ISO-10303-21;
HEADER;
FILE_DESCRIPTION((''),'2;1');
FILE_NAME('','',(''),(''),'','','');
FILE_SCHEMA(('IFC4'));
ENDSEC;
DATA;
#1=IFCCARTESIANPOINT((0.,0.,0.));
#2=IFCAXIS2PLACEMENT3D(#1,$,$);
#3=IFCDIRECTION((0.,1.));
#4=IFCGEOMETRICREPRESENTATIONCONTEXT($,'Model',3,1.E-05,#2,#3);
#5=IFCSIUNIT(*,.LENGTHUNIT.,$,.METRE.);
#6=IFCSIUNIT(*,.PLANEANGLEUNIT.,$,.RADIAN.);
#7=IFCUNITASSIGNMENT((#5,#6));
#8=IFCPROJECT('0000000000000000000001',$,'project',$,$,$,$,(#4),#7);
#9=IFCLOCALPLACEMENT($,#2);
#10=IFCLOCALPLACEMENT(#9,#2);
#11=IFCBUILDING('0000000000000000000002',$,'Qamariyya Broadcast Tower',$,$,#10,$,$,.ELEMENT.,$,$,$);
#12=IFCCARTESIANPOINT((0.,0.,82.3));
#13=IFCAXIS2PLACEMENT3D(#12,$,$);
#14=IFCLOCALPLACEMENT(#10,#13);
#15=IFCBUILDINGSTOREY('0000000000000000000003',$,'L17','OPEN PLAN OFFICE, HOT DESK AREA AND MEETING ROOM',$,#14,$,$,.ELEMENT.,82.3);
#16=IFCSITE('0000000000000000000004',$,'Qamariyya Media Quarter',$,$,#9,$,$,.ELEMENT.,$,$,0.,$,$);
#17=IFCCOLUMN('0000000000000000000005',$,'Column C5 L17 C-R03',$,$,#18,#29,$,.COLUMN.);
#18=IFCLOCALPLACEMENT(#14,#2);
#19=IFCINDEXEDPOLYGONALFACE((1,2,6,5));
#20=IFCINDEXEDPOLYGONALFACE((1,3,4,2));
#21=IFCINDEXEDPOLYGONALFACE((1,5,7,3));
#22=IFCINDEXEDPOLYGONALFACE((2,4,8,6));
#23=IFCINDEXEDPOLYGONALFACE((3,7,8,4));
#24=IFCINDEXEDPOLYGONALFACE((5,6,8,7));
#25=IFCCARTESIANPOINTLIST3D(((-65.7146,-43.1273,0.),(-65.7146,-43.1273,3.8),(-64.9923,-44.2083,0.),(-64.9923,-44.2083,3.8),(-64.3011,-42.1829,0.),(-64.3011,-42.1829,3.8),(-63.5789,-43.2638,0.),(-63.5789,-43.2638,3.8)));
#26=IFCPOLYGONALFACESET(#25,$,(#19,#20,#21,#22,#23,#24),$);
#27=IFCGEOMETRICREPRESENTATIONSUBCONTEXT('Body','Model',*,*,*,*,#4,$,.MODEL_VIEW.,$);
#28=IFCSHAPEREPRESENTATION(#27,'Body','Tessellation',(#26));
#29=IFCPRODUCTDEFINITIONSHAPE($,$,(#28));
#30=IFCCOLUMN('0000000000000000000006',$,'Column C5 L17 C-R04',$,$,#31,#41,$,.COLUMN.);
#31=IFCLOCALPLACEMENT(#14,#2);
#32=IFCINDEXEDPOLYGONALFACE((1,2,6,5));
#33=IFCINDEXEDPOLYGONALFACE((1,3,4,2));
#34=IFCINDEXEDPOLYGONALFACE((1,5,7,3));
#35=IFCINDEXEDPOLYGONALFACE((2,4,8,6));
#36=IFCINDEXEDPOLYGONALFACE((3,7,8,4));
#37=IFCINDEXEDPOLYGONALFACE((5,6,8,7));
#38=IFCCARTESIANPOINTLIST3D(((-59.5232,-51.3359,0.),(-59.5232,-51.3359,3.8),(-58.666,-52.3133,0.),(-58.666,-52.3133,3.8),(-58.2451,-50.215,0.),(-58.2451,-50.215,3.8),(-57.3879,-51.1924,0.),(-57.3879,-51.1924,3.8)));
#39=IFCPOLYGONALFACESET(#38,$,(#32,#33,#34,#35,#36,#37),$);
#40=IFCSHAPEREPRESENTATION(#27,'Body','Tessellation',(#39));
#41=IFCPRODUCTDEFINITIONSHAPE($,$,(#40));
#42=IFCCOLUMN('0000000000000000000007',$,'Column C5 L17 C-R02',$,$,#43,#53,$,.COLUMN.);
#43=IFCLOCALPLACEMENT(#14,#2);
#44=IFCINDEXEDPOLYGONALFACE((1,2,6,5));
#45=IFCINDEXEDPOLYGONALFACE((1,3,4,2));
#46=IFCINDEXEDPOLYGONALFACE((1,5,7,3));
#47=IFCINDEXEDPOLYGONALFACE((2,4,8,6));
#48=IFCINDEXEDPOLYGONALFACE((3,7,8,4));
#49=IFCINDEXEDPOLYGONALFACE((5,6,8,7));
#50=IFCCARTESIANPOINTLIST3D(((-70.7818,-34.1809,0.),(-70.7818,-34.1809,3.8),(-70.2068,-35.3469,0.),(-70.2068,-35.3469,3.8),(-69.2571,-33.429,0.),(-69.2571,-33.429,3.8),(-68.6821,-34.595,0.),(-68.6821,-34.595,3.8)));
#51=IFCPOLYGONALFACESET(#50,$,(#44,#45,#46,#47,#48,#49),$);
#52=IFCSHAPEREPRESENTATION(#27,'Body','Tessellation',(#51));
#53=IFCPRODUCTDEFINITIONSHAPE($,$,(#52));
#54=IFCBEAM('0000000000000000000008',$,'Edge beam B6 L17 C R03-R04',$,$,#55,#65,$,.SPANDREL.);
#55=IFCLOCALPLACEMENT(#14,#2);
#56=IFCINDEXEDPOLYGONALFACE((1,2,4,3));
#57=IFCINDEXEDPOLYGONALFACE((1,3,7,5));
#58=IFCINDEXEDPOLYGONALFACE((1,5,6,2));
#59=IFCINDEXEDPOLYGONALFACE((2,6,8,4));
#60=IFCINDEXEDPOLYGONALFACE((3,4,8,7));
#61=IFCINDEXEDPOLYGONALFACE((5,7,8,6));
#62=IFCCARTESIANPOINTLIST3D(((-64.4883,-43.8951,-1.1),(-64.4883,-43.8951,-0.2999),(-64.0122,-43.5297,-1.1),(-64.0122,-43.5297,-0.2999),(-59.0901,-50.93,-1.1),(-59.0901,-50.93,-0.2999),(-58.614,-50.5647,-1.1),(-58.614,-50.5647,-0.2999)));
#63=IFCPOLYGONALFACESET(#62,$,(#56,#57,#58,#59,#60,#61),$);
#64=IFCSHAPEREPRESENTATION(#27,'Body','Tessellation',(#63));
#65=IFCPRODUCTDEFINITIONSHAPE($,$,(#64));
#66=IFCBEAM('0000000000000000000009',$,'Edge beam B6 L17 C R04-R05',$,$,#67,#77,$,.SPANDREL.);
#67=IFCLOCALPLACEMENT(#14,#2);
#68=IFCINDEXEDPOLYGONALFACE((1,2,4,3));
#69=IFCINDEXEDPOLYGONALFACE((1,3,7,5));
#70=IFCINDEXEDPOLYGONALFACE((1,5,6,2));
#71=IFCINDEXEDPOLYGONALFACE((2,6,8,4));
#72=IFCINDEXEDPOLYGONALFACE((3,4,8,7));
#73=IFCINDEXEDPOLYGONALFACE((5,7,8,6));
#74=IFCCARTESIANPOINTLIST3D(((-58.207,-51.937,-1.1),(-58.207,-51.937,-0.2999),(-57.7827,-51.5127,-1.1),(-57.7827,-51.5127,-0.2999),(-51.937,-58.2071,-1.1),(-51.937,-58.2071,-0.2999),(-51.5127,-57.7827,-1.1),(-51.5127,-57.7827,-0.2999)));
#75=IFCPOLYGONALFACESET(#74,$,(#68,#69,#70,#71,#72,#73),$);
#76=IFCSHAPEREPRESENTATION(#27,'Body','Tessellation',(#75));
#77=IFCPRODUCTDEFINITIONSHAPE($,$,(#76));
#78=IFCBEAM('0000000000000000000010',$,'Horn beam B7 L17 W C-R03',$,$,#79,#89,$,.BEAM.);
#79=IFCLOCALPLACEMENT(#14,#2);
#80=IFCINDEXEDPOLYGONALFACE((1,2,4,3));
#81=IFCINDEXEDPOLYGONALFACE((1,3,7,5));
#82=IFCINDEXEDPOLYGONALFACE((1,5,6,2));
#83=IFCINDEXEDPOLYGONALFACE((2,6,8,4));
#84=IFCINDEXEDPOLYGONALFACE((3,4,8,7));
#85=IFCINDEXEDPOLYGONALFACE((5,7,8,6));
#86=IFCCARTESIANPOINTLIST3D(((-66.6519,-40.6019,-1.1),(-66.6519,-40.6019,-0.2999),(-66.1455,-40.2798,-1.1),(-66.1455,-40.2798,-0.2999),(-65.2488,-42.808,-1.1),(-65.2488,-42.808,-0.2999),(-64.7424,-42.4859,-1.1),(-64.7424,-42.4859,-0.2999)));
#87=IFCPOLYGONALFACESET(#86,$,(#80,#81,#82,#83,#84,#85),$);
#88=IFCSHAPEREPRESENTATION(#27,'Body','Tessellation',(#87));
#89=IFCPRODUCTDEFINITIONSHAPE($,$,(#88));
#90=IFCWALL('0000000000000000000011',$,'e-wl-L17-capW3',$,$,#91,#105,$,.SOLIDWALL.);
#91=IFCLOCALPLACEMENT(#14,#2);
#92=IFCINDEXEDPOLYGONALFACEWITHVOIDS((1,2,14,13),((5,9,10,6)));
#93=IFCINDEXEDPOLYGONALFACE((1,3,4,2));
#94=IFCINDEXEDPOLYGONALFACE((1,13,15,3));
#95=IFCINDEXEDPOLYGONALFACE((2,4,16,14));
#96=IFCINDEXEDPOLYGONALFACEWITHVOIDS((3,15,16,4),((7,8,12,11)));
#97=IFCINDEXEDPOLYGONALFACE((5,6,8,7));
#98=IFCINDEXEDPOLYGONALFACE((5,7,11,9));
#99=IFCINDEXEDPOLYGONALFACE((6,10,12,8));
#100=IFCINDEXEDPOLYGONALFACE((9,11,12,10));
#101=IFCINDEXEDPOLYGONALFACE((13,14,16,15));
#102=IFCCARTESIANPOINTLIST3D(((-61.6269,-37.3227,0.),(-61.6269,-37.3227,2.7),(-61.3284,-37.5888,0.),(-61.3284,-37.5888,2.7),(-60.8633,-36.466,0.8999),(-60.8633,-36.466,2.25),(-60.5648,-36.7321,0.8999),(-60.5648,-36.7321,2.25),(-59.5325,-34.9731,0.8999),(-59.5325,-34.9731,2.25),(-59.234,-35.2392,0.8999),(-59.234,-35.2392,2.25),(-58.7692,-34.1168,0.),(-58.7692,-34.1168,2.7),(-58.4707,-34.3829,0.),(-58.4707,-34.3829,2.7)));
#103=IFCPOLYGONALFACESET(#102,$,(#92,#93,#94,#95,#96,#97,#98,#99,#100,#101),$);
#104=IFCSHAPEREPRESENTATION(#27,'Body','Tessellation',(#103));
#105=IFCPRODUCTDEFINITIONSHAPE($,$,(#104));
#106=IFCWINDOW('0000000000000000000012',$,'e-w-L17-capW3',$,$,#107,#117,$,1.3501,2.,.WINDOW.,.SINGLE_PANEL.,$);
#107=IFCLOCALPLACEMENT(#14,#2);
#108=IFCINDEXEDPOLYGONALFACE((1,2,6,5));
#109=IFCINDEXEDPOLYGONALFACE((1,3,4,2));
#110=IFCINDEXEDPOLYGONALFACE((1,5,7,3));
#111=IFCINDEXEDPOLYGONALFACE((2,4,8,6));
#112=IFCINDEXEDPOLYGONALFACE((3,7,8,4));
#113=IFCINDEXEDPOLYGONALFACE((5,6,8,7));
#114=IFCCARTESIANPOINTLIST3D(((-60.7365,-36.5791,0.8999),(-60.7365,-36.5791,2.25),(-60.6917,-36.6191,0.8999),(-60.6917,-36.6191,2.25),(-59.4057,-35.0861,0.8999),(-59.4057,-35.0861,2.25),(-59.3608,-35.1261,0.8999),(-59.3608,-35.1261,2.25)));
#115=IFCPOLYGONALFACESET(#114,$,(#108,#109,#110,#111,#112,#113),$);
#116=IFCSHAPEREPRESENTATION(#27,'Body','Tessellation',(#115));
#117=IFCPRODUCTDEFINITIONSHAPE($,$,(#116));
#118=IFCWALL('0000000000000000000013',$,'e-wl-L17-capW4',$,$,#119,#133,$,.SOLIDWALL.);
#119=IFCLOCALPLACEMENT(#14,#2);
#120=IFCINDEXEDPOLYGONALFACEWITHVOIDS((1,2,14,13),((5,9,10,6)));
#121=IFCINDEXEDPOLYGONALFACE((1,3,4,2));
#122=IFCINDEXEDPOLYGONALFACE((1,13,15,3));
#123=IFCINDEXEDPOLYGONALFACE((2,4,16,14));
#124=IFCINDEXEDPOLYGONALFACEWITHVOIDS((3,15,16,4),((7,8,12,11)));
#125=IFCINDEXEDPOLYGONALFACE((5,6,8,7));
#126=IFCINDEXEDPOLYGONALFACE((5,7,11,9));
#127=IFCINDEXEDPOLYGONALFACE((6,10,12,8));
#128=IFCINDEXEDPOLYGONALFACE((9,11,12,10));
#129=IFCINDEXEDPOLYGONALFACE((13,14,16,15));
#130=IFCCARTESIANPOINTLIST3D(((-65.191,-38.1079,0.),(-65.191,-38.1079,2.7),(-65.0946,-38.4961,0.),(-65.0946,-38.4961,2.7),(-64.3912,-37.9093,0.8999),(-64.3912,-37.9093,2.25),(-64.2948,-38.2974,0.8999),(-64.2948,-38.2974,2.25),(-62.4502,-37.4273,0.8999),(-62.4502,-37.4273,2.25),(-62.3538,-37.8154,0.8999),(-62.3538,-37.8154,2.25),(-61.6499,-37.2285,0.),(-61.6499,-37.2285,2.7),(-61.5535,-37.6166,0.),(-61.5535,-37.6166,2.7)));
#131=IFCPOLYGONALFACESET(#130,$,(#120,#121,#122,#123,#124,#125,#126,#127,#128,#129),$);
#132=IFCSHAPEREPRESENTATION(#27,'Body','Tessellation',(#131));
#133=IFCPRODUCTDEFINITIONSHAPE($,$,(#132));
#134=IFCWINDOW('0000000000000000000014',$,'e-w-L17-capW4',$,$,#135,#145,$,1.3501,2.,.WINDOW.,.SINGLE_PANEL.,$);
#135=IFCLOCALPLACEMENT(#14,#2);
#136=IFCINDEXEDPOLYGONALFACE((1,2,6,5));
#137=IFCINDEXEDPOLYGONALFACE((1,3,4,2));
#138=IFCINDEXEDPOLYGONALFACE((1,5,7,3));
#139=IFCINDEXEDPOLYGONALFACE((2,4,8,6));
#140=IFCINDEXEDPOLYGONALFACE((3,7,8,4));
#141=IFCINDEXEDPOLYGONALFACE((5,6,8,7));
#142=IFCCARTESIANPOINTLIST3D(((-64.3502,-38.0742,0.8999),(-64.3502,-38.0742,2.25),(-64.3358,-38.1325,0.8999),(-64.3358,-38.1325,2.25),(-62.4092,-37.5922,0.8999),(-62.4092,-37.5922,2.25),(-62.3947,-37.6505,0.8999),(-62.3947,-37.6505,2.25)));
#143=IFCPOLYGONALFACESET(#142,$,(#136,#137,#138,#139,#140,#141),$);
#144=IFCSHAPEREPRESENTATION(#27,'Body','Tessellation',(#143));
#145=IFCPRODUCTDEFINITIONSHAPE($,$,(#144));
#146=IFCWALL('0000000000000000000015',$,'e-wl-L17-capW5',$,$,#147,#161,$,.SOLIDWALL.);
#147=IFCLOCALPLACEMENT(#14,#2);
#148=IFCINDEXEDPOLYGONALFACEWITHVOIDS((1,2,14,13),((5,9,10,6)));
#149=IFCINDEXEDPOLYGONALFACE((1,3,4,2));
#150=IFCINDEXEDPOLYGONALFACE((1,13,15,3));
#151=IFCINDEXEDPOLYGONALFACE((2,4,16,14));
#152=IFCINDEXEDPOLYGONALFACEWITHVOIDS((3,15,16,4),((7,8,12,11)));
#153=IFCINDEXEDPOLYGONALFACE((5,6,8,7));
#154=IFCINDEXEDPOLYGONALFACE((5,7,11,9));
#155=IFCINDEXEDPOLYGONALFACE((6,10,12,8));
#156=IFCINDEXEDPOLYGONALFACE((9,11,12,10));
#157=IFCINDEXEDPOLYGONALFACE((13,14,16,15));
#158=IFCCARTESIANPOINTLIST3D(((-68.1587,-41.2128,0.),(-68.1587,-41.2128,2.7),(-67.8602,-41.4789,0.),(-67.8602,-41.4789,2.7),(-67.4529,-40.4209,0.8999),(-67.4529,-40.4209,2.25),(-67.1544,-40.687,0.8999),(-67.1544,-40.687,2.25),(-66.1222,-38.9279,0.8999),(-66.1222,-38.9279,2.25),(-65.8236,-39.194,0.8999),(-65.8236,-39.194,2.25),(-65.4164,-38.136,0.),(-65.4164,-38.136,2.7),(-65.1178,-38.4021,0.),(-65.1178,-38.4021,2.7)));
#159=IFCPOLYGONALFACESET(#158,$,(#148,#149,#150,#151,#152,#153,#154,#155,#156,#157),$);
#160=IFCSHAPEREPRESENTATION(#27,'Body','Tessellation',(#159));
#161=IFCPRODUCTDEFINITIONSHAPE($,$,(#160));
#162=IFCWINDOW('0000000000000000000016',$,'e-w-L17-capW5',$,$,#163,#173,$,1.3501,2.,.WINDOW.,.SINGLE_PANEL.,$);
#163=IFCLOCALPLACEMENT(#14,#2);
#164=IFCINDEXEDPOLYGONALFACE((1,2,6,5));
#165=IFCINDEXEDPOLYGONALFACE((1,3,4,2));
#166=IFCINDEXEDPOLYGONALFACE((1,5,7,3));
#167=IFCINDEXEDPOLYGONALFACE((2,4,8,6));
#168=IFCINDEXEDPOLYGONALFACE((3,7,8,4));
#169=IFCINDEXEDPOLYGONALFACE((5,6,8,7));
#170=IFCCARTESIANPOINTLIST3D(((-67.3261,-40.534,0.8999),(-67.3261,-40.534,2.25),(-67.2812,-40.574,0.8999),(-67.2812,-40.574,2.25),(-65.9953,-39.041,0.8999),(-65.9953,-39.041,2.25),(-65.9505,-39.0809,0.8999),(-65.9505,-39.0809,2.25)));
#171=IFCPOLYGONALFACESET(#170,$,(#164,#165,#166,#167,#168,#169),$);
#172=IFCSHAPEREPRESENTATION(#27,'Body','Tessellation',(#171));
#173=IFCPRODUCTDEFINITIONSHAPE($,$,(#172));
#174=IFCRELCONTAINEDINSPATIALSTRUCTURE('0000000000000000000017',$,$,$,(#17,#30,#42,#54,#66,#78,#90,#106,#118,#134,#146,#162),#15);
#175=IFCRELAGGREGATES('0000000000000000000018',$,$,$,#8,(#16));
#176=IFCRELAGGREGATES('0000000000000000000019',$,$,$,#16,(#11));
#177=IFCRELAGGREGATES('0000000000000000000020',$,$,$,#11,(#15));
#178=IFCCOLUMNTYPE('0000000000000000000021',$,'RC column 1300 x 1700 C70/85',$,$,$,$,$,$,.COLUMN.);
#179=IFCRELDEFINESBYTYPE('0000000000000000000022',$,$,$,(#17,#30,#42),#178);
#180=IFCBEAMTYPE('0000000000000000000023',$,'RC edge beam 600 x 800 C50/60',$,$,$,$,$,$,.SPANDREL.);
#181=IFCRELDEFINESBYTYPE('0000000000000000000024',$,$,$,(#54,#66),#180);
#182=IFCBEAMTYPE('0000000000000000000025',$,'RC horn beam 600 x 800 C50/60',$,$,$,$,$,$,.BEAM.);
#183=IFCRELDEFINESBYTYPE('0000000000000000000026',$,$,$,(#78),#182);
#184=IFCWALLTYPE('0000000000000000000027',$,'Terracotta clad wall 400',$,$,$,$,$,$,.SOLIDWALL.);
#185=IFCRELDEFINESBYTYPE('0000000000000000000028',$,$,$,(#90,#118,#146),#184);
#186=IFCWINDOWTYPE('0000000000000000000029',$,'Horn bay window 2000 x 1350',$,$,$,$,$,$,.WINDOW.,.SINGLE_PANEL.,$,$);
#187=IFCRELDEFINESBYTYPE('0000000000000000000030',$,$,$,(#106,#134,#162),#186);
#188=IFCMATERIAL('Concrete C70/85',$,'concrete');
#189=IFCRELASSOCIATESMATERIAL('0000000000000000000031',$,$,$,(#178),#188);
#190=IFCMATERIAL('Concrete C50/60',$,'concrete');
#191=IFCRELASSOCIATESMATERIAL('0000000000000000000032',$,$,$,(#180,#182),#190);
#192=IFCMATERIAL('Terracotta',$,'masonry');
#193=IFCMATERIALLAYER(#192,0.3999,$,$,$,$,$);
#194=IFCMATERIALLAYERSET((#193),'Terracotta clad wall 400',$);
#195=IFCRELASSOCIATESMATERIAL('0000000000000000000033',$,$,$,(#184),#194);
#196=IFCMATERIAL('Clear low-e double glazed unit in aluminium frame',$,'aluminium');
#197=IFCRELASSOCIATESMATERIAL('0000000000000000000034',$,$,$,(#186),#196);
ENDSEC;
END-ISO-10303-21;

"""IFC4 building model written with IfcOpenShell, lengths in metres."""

from ifc_helpers import new_model, si_unit, direction, frame, frame_2d, origin, origin_2d, place, context, subcontext, project, spatial, rectangle, extrude, material, layer, layer_set, material_profile, profile_set, type_object, element, fill, save


model = new_model("IFC4")

# Units and contexts
model_context = context("Model", 3, precision=1e-05, world=origin(), true_north=direction((0.0, 1.0)))
body_context = subcontext(model_context, "Body", "Model", "MODEL_VIEW")
ifc_project = project(units=[si_unit("LENGTHUNIT", "METRE"), si_unit("PLANEANGLEUNIT", "RADIAN")], contexts=[model_context])

# Site, building, storey
site_placement = place(None, origin())
site = spatial("IfcSite", under=ifc_project, at=site_placement, Name="Qamariyya Media Quarter", CompositionType="ELEMENT", RefElevation=0.0)
building_placement = place(site_placement, origin())
building = spatial("IfcBuilding", under=site, at=building_placement, Name="Qamariyya Broadcast Tower", CompositionType="ELEMENT")
storey_placement = place(building_placement, frame((0.0, 0.0, 82.3)))
storey = spatial("IfcBuildingStorey", under=building, at=storey_placement, Name="L17", Description="OPEN PLAN OFFICE, HOT DESK AREA AND MEETING ROOM", CompositionType="ELEMENT", Elevation=82.3)

# Columns
ifc_material_1 = material(Name="Concrete C70/85", Category="concrete")
ifc_material_profile_1 = material_profile(ifc_material_1, rectangle(XDim=1.3, YDim=1.7, at=origin_2d()))
ifc_profile_set_1 = profile_set([ifc_material_profile_1], Name="Concrete C70/85")
column_type = type_object("IfcColumnType", Name="RC column 1300 x 1700 C70/85", PredefinedType="COLUMN", material=ifc_profile_set_1)
for number, where, z_axis, x_axis, name in (
    (1, (-64.6467, -43.1956, 0.0), (0.0, 0.0, 1.0), (0.55557, -0.83147, 0.0), "Column C5 L17 C-R03"),
    (2, (-58.4556, -51.2642, 0.0), (0.0, 0.0, 1.0), (0.659346, -0.75184, 0.0), "Column C5 L17 C-R04"),
    (3, (-69.7319, -34.3879, 0.0), (0.0, 0.0, 1.0), (0.442289, -0.896873, 0.0), "Column C5 L17 C-R02"),
):
    element("IfcColumn", number, at=place(storey_placement, frame(where, z_axis=z_axis, x_axis=x_axis)), inside=storey, type_object=column_type, Name=name, PredefinedType="COLUMN", context=body_context, shape_type="SweptSolid", body=[
        extrude(rectangle(XDim=1.3, YDim=1.7, at=origin_2d()), origin(), (0.0, 0.0, 1.0), 3.8),
    ])

# Beams
ifc_material_2 = material(Name="Concrete C50/60", Category="concrete")
ifc_material_profile_2 = material_profile(ifc_material_2, rectangle(XDim=0.6001, YDim=0.8, at=origin_2d()))
ifc_profile_set_2 = profile_set([ifc_material_profile_2], Name="Concrete C50/60")
beam_type_1 = type_object("IfcBeamType", Name="RC edge beam 600 x 800 C50/60", PredefinedType="SPANDREL", material=ifc_profile_set_2)
beam_1_placement = place(storey_placement, frame((-64.2502, -43.7124, -0.7), z_axis=(0.60877, -0.793347, 0.0), x_axis=(0.793347, 0.60877, 0.0)))
element("IfcBeam", 4, at=beam_1_placement, inside=storey, type_object=beam_type_1, Name="Edge beam B6 L17 C R03-R04", PredefinedType="SPANDREL", context=body_context, shape_type="SweptSolid", body=[
    extrude(rectangle(XDim=0.6001, YDim=0.8, at=origin_2d()), origin(), (0.0, 0.0, 1.0), 8.8674),
])
beam_2_placement = place(storey_placement, frame((-57.9949, -51.7249, -0.7), z_axis=(0.707107, -0.707107, 0.0), x_axis=(0.707107, 0.707107, 0.0)))
element("IfcBeam", 5, at=beam_2_placement, inside=storey, type_object=beam_type_1, Name="Edge beam B6 L17 C R04-R05", PredefinedType="SPANDREL", context=body_context, shape_type="SweptSolid", body=[
    extrude(rectangle(XDim=0.6001, YDim=0.8, at=origin_2d()), origin(), (0.0, 0.0, 1.0), 8.8672),
])
ifc_material_profile_3 = material_profile(ifc_material_2, rectangle(XDim=0.6001, YDim=0.8, at=origin_2d()))
ifc_profile_set_3 = profile_set([ifc_material_profile_3], Name="Concrete C50/60")
beam_type_2 = type_object("IfcBeamType", Name="RC horn beam 600 x 800 C50/60", PredefinedType="BEAM", material=ifc_profile_set_3)
beam_3_placement = place(storey_placement, frame((-64.9956, -42.647, -0.7), z_axis=(-0.536664, 0.843796, 0.0), x_axis=(-0.843796, -0.536664, 0.0)))
element("IfcBeam", 6, at=beam_3_placement, inside=storey, type_object=beam_type_2, Name="Horn beam B7 L17 W C-R03", PredefinedType="BEAM", context=body_context, shape_type="SweptSolid", body=[
    extrude(rectangle(XDim=0.6001, YDim=0.8, at=origin_2d()), origin(), (0.0, 0.0, 1.0), 2.6145),
])

# Walls, openings, windows
ifc_material_3 = material(Name="Terracotta", Category="masonry")
ifc_layer = layer(ifc_material_3, 0.3999)
ifc_layer_set = layer_set([ifc_layer], Name="Terracotta clad wall 400")
wall_type = type_object("IfcWallType", Name="Terracotta clad wall 400", PredefinedType="SOLIDWALL", material=ifc_layer_set)
wall_1_placement = place(storey_placement, frame((-58.6199, -34.2498, 0.0), z_axis=(0.0, 0.0, 1.0), x_axis=(-0.665411, -0.746477, 0.0)))
wall_1 = element("IfcWall", 7, at=wall_1_placement, inside=storey, type_object=wall_type, Name="e-wl-L17-capW3", PredefinedType="SOLIDWALL", context=body_context, shape_type="SweptSolid", body=[
    extrude(rectangle(XDim=4.2947, YDim=0.3999, at=frame_2d((2.1475, 0.0))), origin(), (0.0, 0.0, 1.0), 2.7),
])
opening_1_placement = place(wall_1_placement, frame((1.1472, 0.0, 0.8999)))
opening_1 = element("IfcOpeningElement", 8, at=opening_1_placement, cuts=wall_1, PredefinedType="OPENING", context=body_context, shape_type="SweptSolid", body=[
    extrude(rectangle(XDim=2.0, YDim=1.3501, at=frame_2d((1.0, 0.675))), frame((0.0, 0.21, 0.0), z_axis=(0.0, -1.0, 0.0), x_axis=(1.0, 0.0, 0.0)), (0.0, 0.0, 1.0), 0.4199),
])
ifc_material_4 = material(Name="Clear low-e double glazed unit in aluminium frame", Category="aluminium")
window_type = type_object("IfcWindowType", Name="Horn bay window 2000 x 1350", PartitioningType="SINGLE_PANEL", PredefinedType="WINDOW", material=ifc_material_4)
window_1_placement = place(opening_1_placement, origin())
window_1 = element("IfcWindow", 9, at=window_1_placement, inside=storey, type_object=window_type, Name="e-w-L17-capW3", OverallHeight=1.3501, OverallWidth=2.0, PartitioningType="SINGLE_PANEL", PredefinedType="WINDOW", context=body_context, shape_type="SweptSolid", body=[
    extrude(rectangle(XDim=2.0, YDim=1.3501, at=frame_2d((1.0, 0.675))), frame((0.0, 0.03, 0.0), z_axis=(0.0, -1.0, 0.0), x_axis=(1.0, 0.0, 0.0)), (0.0, 0.0, 1.0), 0.0601),
])
fill(opening_1, window_1)
wall_2_placement = place(storey_placement, frame((-61.6018, -37.4226, 0.0), z_axis=(0.0, 0.0, 1.0), x_axis=(-0.970519, -0.241024, 0.0)))
wall_2 = element("IfcWall", 10, at=wall_2_placement, inside=storey, type_object=wall_type, Name="e-wl-L17-capW4", PredefinedType="SOLIDWALL", context=body_context, shape_type="SweptSolid", body=[
    extrude(rectangle(XDim=3.6487, YDim=0.3999, at=frame_2d((1.8242, 0.0))), origin(), (0.0, 0.0, 1.0), 2.7),
])
opening_2_placement = place(wall_2_placement, frame((0.8245, 0.0, 0.8999)))
opening_2 = element("IfcOpeningElement", 11, at=opening_2_placement, cuts=wall_2, PredefinedType="OPENING", context=body_context, shape_type="SweptSolid", body=[
    extrude(rectangle(XDim=2.0, YDim=1.3501, at=frame_2d((1.0, 0.675))), frame((0.0, 0.21, 0.0), z_axis=(0.0, -1.0, 0.0), x_axis=(1.0, 0.0, 0.0)), (0.0, 0.0, 1.0), 0.4199),
])
window_2_placement = place(opening_2_placement, origin())
window_2 = element("IfcWindow", 12, at=window_2_placement, inside=storey, type_object=window_type, Name="e-w-L17-capW4", OverallHeight=1.3501, OverallWidth=2.0, PartitioningType="SINGLE_PANEL", PredefinedType="WINDOW", context=body_context, shape_type="SweptSolid", body=[
    extrude(rectangle(XDim=2.0, YDim=1.3501, at=frame_2d((1.0, 0.675))), frame((0.0, 0.03, 0.0), z_axis=(0.0, -1.0, 0.0), x_axis=(1.0, 0.0, 0.0)), (0.0, 0.0, 1.0), 0.0601),
])
fill(opening_2, window_2)
wall_3_placement = place(storey_placement, frame((-65.2671, -38.269, 0.0), z_axis=(0.0, 0.0, 1.0), x_axis=(-0.665367, -0.746516, 0.0)))
wall_3 = element("IfcWall", 13, at=wall_3_placement, inside=storey, type_object=wall_type, Name="e-wl-L17-capW5", PredefinedType="SOLIDWALL", context=body_context, shape_type="SweptSolid", body=[
    extrude(rectangle(XDim=4.1216, YDim=0.3999, at=frame_2d((2.0608, 0.0))), origin(), (0.0, 0.0, 1.0), 2.7),
])
opening_3_placement = place(wall_3_placement, frame((1.0608, 0.0, 0.8999)))
opening_3 = element("IfcOpeningElement", 14, at=opening_3_placement, cuts=wall_3, PredefinedType="OPENING", context=body_context, shape_type="SweptSolid", body=[
    extrude(rectangle(XDim=2.0, YDim=1.3501, at=frame_2d((1.0, 0.675))), frame((0.0, 0.21, 0.0), z_axis=(0.0, -1.0, 0.0), x_axis=(1.0, 0.0, 0.0)), (0.0, 0.0, 1.0), 0.4199),
])
window_3_placement = place(opening_3_placement, origin())
window_3 = element("IfcWindow", 15, at=window_3_placement, inside=storey, type_object=window_type, Name="e-w-L17-capW5", OverallHeight=1.3501, OverallWidth=2.0, PartitioningType="SINGLE_PANEL", PredefinedType="WINDOW", context=body_context, shape_type="SweptSolid", body=[
    extrude(rectangle(XDim=2.0, YDim=1.3501, at=frame_2d((1.0, 0.675))), frame((0.0, 0.03, 0.0), z_axis=(0.0, -1.0, 0.0), x_axis=(1.0, 0.0, 0.0)), (0.0, 0.0, 1.0), 0.0601),
])
fill(opening_3, window_3)

save(model, "model.ifc")
